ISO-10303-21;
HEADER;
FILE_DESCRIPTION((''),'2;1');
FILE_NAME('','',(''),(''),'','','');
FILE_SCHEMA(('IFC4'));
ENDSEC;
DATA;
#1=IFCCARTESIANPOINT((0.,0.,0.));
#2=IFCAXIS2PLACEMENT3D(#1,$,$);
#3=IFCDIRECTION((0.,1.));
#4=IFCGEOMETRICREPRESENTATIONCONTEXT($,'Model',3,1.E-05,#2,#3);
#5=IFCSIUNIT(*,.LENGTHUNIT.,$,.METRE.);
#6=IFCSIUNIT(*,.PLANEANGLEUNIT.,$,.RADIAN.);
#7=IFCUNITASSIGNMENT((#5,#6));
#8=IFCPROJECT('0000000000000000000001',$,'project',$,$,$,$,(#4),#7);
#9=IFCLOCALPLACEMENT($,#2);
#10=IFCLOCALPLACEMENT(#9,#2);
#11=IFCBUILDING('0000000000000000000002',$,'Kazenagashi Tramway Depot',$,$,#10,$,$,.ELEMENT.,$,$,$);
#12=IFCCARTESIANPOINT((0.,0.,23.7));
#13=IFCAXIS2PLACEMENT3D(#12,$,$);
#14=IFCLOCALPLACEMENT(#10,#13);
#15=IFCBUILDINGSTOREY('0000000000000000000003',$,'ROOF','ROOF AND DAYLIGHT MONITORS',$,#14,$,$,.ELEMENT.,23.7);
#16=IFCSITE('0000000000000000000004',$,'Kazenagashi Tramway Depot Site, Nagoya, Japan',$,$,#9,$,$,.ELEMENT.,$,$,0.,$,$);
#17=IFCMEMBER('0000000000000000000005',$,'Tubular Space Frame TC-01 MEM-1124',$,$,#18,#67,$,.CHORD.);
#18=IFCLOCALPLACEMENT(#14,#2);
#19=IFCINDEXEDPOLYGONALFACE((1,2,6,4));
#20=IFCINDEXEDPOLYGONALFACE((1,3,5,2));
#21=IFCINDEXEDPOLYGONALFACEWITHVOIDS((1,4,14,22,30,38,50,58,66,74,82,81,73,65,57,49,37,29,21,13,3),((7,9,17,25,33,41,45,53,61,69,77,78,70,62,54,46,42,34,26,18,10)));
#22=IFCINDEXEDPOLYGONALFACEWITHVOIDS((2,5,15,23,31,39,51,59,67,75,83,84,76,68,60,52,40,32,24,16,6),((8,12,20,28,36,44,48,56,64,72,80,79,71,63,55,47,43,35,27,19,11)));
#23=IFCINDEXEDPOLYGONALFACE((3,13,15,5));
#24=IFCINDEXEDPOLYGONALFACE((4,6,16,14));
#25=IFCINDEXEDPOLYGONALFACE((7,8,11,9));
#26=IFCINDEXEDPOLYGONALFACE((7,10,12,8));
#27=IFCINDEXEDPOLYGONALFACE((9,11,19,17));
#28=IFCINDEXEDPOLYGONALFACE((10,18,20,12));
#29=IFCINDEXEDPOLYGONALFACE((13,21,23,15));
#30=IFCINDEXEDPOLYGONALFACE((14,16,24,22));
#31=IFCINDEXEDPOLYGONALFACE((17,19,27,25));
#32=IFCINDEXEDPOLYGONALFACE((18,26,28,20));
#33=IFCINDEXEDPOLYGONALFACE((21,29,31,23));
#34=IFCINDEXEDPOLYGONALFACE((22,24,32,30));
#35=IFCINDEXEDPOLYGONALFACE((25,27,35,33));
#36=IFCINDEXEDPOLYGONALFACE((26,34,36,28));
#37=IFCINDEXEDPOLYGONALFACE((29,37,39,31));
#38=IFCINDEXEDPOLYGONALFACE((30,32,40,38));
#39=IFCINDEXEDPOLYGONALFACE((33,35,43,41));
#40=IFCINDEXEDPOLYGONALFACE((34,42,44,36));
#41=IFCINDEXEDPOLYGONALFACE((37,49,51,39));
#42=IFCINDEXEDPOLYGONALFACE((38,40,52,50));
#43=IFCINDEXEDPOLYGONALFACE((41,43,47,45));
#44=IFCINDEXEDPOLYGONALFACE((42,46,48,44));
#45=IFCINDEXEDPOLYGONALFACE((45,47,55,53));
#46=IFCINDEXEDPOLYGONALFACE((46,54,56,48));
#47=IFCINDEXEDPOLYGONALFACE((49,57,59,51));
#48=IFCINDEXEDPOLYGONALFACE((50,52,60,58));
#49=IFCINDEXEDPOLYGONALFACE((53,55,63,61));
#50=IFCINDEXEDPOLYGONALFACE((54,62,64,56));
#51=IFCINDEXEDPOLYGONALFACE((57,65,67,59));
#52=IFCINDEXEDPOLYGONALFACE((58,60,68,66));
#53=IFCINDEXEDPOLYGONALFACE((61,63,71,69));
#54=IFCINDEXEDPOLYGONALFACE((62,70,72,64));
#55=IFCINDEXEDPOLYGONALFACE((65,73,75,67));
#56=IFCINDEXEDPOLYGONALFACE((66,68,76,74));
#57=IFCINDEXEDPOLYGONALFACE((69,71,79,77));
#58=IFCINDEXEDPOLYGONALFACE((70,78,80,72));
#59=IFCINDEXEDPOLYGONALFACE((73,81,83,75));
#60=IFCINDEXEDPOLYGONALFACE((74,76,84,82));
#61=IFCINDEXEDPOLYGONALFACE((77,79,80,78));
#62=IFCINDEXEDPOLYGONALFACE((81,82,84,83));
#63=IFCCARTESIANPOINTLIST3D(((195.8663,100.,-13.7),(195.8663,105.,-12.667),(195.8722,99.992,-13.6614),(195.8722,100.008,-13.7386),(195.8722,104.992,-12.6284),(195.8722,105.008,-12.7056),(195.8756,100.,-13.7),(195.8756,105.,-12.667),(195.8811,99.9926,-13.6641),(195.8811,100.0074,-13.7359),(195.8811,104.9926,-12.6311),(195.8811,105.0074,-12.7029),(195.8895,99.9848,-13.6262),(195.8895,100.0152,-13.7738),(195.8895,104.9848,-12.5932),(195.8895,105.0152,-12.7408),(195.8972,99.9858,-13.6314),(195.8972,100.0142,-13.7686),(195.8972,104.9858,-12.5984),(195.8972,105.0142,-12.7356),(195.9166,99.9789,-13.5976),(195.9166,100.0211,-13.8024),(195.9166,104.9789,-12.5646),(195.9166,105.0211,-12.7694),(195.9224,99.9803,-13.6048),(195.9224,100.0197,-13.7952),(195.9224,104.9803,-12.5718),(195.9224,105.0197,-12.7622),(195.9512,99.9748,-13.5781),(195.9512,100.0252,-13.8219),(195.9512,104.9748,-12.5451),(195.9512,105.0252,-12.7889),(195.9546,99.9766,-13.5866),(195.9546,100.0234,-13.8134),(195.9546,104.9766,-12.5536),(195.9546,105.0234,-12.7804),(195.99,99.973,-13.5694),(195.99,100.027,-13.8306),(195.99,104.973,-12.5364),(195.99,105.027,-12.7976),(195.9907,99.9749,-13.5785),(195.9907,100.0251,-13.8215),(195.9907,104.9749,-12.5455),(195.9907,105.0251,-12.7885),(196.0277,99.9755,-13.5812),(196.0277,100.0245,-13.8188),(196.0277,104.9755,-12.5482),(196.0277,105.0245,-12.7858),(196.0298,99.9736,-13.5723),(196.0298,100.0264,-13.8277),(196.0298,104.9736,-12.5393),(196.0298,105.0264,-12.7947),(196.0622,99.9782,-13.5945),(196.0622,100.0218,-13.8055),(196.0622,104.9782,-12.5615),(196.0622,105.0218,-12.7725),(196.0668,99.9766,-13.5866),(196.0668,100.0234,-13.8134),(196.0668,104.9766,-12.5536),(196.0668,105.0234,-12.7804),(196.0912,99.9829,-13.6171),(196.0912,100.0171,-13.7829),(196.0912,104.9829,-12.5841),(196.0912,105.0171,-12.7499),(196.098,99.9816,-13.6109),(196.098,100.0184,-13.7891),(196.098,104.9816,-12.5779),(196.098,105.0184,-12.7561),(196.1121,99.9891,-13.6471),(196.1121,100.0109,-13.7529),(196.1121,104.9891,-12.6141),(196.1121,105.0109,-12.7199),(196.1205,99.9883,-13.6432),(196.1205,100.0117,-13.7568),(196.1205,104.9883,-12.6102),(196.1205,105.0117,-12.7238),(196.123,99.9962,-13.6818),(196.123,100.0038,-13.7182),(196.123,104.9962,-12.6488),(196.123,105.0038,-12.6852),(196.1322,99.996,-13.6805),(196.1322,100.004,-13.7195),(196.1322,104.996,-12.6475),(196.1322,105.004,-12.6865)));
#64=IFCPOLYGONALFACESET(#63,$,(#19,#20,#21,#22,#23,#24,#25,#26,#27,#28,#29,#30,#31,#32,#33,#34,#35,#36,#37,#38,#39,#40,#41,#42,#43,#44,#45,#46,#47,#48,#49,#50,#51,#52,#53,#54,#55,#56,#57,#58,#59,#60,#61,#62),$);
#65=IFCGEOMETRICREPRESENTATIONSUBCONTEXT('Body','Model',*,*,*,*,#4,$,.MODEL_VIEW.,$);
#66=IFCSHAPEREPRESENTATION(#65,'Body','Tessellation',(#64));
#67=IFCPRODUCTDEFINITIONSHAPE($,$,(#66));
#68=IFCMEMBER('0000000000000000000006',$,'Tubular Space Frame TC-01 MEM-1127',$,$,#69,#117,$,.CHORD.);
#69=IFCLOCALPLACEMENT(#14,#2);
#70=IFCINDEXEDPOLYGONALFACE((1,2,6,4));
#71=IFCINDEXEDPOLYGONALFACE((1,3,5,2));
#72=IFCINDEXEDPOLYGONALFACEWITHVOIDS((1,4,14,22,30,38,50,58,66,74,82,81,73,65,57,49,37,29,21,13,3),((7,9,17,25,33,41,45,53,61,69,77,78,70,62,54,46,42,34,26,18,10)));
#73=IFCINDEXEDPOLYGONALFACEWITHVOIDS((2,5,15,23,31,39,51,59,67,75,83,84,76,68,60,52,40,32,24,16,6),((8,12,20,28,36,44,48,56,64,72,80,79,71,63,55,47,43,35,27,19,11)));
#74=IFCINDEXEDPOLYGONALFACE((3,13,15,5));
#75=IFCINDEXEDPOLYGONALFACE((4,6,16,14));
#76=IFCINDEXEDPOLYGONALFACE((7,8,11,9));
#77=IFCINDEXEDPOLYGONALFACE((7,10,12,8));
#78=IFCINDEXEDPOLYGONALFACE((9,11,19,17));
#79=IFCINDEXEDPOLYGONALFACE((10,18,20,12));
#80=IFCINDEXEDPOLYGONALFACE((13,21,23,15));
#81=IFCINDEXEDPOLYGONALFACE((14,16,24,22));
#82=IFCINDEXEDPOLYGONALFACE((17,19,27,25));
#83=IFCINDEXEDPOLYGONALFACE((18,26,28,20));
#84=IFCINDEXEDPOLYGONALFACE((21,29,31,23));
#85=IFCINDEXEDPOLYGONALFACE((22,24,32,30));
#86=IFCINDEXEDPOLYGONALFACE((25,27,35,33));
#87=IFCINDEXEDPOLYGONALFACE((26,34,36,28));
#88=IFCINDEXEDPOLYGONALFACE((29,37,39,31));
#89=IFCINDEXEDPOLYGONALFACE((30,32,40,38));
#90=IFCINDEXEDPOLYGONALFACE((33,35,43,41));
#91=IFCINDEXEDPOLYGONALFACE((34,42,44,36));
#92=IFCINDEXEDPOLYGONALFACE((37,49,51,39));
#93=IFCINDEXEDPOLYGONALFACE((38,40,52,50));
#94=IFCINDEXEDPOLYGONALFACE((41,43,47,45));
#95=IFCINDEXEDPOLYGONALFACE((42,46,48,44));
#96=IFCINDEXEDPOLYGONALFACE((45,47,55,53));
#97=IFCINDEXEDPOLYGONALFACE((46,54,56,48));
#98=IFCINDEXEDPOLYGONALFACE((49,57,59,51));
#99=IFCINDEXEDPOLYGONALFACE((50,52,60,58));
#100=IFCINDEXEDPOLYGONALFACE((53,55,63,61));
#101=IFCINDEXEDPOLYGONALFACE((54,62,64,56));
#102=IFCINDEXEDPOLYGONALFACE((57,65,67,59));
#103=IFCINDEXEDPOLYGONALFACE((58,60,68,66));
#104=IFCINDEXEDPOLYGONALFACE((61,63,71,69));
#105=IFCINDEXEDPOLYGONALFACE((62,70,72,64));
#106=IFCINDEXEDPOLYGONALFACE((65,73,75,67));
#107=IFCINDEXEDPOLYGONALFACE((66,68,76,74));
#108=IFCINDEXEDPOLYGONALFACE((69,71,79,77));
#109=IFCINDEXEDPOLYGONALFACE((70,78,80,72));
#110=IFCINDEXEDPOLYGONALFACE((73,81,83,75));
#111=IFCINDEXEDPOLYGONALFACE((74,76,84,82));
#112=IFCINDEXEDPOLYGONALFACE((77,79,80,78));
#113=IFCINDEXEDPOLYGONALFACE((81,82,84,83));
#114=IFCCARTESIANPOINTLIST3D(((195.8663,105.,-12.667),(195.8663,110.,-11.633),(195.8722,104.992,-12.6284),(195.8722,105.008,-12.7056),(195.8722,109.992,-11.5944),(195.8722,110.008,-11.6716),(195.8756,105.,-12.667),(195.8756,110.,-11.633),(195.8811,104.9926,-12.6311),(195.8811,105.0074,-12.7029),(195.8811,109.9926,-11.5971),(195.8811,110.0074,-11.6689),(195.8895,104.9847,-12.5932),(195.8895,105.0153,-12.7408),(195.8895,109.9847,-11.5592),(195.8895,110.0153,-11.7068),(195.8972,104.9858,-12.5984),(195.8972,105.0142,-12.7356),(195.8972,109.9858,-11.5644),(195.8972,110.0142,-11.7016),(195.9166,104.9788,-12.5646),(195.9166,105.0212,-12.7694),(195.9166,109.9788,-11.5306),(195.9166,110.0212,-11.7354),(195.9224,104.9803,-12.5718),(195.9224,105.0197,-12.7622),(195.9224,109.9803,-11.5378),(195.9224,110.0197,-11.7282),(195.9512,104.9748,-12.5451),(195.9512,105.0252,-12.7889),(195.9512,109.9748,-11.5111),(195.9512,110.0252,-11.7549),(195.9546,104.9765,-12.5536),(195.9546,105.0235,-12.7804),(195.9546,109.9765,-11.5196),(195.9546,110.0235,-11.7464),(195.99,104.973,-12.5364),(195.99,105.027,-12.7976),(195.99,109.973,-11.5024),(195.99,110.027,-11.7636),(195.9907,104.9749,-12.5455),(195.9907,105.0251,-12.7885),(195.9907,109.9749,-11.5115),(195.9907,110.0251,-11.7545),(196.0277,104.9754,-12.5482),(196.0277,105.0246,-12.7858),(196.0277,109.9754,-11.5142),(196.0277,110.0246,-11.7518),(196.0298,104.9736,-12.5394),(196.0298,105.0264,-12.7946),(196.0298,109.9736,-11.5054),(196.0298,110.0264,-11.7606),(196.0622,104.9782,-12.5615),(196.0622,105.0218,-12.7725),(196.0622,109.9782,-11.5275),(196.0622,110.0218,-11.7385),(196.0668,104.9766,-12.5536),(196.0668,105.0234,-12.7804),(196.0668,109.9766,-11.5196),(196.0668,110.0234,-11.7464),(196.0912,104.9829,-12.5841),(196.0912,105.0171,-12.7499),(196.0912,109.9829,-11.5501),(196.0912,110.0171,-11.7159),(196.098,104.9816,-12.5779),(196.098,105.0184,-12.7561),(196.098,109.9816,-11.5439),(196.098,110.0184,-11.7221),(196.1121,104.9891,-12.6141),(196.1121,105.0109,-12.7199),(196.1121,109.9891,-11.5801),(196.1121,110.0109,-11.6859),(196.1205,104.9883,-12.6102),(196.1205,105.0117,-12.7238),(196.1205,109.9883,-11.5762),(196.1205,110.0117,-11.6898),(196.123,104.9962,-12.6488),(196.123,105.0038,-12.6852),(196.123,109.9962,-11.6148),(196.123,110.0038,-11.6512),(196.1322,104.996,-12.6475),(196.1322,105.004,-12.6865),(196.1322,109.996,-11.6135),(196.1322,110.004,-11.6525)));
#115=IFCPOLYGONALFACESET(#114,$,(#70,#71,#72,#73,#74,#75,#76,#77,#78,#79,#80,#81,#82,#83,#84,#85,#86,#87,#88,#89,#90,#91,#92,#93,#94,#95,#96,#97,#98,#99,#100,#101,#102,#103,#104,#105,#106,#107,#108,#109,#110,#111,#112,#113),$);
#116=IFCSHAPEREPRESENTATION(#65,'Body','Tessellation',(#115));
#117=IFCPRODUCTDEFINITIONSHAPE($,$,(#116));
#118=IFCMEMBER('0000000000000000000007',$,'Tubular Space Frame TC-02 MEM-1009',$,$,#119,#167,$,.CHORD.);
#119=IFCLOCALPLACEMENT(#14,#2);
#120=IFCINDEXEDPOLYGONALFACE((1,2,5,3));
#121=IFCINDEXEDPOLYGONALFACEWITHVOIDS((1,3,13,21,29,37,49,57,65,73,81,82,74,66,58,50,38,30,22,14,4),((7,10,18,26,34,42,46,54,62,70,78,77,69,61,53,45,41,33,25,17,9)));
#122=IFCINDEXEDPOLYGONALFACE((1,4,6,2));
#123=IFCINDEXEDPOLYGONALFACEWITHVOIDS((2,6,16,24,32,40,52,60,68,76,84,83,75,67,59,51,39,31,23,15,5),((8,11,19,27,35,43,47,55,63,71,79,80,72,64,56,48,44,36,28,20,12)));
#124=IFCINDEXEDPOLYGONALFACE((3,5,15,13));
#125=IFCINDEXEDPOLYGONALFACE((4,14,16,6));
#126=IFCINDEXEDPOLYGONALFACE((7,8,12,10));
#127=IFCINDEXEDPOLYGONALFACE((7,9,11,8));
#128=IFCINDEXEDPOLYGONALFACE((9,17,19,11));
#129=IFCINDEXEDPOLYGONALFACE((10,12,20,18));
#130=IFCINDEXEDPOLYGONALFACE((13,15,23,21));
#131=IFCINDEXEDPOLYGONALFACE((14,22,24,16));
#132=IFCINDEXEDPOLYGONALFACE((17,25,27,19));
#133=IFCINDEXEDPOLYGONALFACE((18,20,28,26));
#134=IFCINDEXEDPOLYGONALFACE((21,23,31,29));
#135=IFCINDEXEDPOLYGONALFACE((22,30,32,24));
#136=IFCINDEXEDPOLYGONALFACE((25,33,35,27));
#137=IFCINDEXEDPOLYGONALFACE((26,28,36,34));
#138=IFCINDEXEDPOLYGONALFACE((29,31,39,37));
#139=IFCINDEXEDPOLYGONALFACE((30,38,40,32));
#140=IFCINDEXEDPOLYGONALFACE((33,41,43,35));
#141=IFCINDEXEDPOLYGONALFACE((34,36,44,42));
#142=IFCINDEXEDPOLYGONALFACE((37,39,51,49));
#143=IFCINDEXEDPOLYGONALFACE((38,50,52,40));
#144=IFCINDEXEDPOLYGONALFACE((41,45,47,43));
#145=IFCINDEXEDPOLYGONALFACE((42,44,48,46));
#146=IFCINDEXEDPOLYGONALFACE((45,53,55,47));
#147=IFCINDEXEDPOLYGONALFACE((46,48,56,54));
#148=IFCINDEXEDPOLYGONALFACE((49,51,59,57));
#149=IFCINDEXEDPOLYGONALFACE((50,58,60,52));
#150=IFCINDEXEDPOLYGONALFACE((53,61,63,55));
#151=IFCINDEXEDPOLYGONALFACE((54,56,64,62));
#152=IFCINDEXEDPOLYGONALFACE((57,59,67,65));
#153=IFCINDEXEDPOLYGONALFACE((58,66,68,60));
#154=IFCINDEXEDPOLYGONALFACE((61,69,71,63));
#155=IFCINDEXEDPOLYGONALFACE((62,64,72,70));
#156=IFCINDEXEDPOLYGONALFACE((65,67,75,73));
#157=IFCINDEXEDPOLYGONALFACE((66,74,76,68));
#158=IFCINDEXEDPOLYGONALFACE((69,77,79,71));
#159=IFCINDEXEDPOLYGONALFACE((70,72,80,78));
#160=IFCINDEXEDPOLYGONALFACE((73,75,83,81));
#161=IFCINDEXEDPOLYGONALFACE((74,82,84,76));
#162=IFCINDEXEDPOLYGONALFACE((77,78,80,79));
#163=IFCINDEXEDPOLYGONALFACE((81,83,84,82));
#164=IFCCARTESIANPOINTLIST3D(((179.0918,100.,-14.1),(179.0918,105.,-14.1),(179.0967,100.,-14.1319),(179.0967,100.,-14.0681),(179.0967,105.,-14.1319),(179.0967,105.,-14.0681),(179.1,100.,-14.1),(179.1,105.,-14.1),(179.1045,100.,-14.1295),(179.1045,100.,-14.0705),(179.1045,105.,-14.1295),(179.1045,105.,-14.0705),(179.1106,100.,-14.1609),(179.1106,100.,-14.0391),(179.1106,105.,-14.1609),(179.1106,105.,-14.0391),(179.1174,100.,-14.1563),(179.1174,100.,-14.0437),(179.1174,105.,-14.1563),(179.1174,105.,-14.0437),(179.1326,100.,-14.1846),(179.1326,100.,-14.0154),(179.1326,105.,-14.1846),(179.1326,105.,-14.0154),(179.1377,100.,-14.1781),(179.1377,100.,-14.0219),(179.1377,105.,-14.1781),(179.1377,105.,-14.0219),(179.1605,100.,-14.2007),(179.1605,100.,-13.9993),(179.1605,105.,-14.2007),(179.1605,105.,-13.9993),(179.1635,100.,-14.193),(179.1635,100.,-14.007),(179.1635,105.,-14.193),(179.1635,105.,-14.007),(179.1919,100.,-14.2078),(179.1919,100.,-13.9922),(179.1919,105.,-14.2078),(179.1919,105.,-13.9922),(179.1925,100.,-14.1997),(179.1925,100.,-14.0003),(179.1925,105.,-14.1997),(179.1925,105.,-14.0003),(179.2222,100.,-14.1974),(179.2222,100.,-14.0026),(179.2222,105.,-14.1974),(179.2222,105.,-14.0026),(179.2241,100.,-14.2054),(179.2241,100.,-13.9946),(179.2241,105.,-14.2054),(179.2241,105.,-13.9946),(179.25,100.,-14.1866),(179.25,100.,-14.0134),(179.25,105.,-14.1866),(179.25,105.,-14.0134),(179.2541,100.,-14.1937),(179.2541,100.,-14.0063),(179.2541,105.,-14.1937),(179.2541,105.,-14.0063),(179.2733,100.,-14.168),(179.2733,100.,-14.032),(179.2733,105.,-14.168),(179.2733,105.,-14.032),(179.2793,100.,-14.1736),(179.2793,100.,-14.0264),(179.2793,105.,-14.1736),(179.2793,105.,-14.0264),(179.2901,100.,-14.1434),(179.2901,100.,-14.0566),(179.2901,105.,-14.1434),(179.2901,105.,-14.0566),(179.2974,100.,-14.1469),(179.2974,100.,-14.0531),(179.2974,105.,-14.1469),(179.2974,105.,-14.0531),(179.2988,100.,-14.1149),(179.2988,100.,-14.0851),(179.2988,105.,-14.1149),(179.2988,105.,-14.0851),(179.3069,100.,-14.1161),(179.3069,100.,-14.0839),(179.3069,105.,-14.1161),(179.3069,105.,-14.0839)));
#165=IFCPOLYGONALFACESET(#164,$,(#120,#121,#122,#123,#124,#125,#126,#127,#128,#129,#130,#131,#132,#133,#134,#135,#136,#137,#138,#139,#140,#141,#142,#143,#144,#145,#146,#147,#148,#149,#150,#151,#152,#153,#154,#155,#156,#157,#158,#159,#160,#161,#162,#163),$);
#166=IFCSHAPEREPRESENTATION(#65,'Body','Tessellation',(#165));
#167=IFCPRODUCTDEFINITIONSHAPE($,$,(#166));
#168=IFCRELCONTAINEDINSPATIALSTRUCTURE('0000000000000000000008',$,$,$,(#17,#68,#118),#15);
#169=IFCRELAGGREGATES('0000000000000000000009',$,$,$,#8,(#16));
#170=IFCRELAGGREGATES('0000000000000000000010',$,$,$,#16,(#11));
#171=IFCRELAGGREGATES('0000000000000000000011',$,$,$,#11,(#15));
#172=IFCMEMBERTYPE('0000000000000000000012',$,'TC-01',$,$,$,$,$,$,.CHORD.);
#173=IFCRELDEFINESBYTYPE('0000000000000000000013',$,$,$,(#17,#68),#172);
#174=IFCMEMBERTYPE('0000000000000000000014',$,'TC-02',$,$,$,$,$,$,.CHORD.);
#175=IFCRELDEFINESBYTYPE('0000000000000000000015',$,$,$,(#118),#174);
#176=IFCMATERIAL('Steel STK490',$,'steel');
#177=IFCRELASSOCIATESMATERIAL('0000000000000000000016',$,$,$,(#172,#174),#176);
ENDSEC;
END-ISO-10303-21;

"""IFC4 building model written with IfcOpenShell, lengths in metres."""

from ifc_helpers import new_model, si_unit, direction, frame, origin, origin_2d, place, context, subcontext, project, spatial, hollow_circle, extrude, material, material_profile, profile_set, type_object, element, save


model = new_model("IFC4")

# Units and contexts
model_context = context("Model", 3, precision=1e-05, world=origin(), true_north=direction((0.0, 1.0)))
body_context = subcontext(model_context, "Body", "Model", "MODEL_VIEW")
ifc_project = project(units=[si_unit("LENGTHUNIT", "METRE"), si_unit("PLANEANGLEUNIT", "RADIAN")], contexts=[model_context])

# Site, building, storey
site_placement = place(None, origin())
site = spatial("IfcSite", under=ifc_project, at=site_placement, Name="Kazenagashi Tramway Depot Site, Nagoya, Japan", CompositionType="ELEMENT", RefElevation=0.0)
building_placement = place(site_placement, origin())
building = spatial("IfcBuilding", under=site, at=building_placement, Name="Kazenagashi Tramway Depot", CompositionType="ELEMENT")
storey_placement = place(building_placement, frame((0.0, 0.0, 23.7)))
storey = spatial("IfcBuildingStorey", under=building, at=storey_placement, Name="ROOF", Description="ROOF AND DAYLIGHT MONITORS", CompositionType="ELEMENT", Elevation=23.7)

# Members
ifc_material_1 = material(Name="Steel STK490", Category="steel")
ifc_material_profile_1 = material_profile(ifc_material_1, hollow_circle(Radius=0.1337, WallThickness=0.0093, at=origin_2d()), Name="CHS-267.4x9.3")
ifc_profile_set_1 = profile_set([ifc_material_profile_1], Name="Steel STK490")
member_type_1 = type_object("IfcMemberType", Name="TC-01", PredefinedType="CHORD", material=ifc_profile_set_1)
member_1_placement = place(storey_placement, frame((196.0, 100.0, -13.7), z_axis=(0.0, 0.979318, 0.202327), x_axis=(-1.0, 0.0, 0.0)))
element("IfcMember", 1, at=member_1_placement, inside=storey, type_object=member_type_1, Name="Tubular Space Frame TC-01 MEM-1124", PredefinedType="CHORD", context=body_context, shape_type="SweptSolid", body=[
    extrude(hollow_circle(Radius=0.1337, WallThickness=0.0093, at=origin_2d()), origin(), (0.0, 0.0, 1.0), 5.1056),
])
member_2_placement = place(storey_placement, frame((196.0, 105.0, -12.667), z_axis=(0.0, 0.979279, 0.202515), x_axis=(-1.0, 0.0, 0.0)))
element("IfcMember", 2, at=member_2_placement, inside=storey, type_object=member_type_1, Name="Tubular Space Frame TC-01 MEM-1127", PredefinedType="CHORD", context=body_context, shape_type="SweptSolid", body=[
    extrude(hollow_circle(Radius=0.1337, WallThickness=0.0093, at=origin_2d()), origin(), (0.0, 0.0, 1.0), 5.1058),
])
ifc_material_profile_2 = material_profile(ifc_material_1, hollow_circle(Radius=0.1081, WallThickness=0.0082, at=origin_2d()), Name="CHS-216.3x8.2")
ifc_profile_set_2 = profile_set([ifc_material_profile_2], Name="Steel STK490")
member_type_2 = type_object("IfcMemberType", Name="TC-02", PredefinedType="CHORD", material=ifc_profile_set_2)
for number, where, z_axis, x_axis, name in (
    (3, (179.2, 100.0, -14.1), (0.0, 1.0, 0.0), (-1.0, 0.0, 0.0), "Tubular Space Frame TC-02 MEM-1009"),
):
    element("IfcMember", number, at=place(storey_placement, frame(where, z_axis=z_axis, x_axis=x_axis)), inside=storey, type_object=member_type_2, Name=name, PredefinedType="CHORD", context=body_context, shape_type="SweptSolid", body=[
        extrude(hollow_circle(Radius=0.1081, WallThickness=0.0082, at=origin_2d()), origin(), (0.0, 0.0, 1.0), 5.0),
    ])

save(model, "model.ifc")
